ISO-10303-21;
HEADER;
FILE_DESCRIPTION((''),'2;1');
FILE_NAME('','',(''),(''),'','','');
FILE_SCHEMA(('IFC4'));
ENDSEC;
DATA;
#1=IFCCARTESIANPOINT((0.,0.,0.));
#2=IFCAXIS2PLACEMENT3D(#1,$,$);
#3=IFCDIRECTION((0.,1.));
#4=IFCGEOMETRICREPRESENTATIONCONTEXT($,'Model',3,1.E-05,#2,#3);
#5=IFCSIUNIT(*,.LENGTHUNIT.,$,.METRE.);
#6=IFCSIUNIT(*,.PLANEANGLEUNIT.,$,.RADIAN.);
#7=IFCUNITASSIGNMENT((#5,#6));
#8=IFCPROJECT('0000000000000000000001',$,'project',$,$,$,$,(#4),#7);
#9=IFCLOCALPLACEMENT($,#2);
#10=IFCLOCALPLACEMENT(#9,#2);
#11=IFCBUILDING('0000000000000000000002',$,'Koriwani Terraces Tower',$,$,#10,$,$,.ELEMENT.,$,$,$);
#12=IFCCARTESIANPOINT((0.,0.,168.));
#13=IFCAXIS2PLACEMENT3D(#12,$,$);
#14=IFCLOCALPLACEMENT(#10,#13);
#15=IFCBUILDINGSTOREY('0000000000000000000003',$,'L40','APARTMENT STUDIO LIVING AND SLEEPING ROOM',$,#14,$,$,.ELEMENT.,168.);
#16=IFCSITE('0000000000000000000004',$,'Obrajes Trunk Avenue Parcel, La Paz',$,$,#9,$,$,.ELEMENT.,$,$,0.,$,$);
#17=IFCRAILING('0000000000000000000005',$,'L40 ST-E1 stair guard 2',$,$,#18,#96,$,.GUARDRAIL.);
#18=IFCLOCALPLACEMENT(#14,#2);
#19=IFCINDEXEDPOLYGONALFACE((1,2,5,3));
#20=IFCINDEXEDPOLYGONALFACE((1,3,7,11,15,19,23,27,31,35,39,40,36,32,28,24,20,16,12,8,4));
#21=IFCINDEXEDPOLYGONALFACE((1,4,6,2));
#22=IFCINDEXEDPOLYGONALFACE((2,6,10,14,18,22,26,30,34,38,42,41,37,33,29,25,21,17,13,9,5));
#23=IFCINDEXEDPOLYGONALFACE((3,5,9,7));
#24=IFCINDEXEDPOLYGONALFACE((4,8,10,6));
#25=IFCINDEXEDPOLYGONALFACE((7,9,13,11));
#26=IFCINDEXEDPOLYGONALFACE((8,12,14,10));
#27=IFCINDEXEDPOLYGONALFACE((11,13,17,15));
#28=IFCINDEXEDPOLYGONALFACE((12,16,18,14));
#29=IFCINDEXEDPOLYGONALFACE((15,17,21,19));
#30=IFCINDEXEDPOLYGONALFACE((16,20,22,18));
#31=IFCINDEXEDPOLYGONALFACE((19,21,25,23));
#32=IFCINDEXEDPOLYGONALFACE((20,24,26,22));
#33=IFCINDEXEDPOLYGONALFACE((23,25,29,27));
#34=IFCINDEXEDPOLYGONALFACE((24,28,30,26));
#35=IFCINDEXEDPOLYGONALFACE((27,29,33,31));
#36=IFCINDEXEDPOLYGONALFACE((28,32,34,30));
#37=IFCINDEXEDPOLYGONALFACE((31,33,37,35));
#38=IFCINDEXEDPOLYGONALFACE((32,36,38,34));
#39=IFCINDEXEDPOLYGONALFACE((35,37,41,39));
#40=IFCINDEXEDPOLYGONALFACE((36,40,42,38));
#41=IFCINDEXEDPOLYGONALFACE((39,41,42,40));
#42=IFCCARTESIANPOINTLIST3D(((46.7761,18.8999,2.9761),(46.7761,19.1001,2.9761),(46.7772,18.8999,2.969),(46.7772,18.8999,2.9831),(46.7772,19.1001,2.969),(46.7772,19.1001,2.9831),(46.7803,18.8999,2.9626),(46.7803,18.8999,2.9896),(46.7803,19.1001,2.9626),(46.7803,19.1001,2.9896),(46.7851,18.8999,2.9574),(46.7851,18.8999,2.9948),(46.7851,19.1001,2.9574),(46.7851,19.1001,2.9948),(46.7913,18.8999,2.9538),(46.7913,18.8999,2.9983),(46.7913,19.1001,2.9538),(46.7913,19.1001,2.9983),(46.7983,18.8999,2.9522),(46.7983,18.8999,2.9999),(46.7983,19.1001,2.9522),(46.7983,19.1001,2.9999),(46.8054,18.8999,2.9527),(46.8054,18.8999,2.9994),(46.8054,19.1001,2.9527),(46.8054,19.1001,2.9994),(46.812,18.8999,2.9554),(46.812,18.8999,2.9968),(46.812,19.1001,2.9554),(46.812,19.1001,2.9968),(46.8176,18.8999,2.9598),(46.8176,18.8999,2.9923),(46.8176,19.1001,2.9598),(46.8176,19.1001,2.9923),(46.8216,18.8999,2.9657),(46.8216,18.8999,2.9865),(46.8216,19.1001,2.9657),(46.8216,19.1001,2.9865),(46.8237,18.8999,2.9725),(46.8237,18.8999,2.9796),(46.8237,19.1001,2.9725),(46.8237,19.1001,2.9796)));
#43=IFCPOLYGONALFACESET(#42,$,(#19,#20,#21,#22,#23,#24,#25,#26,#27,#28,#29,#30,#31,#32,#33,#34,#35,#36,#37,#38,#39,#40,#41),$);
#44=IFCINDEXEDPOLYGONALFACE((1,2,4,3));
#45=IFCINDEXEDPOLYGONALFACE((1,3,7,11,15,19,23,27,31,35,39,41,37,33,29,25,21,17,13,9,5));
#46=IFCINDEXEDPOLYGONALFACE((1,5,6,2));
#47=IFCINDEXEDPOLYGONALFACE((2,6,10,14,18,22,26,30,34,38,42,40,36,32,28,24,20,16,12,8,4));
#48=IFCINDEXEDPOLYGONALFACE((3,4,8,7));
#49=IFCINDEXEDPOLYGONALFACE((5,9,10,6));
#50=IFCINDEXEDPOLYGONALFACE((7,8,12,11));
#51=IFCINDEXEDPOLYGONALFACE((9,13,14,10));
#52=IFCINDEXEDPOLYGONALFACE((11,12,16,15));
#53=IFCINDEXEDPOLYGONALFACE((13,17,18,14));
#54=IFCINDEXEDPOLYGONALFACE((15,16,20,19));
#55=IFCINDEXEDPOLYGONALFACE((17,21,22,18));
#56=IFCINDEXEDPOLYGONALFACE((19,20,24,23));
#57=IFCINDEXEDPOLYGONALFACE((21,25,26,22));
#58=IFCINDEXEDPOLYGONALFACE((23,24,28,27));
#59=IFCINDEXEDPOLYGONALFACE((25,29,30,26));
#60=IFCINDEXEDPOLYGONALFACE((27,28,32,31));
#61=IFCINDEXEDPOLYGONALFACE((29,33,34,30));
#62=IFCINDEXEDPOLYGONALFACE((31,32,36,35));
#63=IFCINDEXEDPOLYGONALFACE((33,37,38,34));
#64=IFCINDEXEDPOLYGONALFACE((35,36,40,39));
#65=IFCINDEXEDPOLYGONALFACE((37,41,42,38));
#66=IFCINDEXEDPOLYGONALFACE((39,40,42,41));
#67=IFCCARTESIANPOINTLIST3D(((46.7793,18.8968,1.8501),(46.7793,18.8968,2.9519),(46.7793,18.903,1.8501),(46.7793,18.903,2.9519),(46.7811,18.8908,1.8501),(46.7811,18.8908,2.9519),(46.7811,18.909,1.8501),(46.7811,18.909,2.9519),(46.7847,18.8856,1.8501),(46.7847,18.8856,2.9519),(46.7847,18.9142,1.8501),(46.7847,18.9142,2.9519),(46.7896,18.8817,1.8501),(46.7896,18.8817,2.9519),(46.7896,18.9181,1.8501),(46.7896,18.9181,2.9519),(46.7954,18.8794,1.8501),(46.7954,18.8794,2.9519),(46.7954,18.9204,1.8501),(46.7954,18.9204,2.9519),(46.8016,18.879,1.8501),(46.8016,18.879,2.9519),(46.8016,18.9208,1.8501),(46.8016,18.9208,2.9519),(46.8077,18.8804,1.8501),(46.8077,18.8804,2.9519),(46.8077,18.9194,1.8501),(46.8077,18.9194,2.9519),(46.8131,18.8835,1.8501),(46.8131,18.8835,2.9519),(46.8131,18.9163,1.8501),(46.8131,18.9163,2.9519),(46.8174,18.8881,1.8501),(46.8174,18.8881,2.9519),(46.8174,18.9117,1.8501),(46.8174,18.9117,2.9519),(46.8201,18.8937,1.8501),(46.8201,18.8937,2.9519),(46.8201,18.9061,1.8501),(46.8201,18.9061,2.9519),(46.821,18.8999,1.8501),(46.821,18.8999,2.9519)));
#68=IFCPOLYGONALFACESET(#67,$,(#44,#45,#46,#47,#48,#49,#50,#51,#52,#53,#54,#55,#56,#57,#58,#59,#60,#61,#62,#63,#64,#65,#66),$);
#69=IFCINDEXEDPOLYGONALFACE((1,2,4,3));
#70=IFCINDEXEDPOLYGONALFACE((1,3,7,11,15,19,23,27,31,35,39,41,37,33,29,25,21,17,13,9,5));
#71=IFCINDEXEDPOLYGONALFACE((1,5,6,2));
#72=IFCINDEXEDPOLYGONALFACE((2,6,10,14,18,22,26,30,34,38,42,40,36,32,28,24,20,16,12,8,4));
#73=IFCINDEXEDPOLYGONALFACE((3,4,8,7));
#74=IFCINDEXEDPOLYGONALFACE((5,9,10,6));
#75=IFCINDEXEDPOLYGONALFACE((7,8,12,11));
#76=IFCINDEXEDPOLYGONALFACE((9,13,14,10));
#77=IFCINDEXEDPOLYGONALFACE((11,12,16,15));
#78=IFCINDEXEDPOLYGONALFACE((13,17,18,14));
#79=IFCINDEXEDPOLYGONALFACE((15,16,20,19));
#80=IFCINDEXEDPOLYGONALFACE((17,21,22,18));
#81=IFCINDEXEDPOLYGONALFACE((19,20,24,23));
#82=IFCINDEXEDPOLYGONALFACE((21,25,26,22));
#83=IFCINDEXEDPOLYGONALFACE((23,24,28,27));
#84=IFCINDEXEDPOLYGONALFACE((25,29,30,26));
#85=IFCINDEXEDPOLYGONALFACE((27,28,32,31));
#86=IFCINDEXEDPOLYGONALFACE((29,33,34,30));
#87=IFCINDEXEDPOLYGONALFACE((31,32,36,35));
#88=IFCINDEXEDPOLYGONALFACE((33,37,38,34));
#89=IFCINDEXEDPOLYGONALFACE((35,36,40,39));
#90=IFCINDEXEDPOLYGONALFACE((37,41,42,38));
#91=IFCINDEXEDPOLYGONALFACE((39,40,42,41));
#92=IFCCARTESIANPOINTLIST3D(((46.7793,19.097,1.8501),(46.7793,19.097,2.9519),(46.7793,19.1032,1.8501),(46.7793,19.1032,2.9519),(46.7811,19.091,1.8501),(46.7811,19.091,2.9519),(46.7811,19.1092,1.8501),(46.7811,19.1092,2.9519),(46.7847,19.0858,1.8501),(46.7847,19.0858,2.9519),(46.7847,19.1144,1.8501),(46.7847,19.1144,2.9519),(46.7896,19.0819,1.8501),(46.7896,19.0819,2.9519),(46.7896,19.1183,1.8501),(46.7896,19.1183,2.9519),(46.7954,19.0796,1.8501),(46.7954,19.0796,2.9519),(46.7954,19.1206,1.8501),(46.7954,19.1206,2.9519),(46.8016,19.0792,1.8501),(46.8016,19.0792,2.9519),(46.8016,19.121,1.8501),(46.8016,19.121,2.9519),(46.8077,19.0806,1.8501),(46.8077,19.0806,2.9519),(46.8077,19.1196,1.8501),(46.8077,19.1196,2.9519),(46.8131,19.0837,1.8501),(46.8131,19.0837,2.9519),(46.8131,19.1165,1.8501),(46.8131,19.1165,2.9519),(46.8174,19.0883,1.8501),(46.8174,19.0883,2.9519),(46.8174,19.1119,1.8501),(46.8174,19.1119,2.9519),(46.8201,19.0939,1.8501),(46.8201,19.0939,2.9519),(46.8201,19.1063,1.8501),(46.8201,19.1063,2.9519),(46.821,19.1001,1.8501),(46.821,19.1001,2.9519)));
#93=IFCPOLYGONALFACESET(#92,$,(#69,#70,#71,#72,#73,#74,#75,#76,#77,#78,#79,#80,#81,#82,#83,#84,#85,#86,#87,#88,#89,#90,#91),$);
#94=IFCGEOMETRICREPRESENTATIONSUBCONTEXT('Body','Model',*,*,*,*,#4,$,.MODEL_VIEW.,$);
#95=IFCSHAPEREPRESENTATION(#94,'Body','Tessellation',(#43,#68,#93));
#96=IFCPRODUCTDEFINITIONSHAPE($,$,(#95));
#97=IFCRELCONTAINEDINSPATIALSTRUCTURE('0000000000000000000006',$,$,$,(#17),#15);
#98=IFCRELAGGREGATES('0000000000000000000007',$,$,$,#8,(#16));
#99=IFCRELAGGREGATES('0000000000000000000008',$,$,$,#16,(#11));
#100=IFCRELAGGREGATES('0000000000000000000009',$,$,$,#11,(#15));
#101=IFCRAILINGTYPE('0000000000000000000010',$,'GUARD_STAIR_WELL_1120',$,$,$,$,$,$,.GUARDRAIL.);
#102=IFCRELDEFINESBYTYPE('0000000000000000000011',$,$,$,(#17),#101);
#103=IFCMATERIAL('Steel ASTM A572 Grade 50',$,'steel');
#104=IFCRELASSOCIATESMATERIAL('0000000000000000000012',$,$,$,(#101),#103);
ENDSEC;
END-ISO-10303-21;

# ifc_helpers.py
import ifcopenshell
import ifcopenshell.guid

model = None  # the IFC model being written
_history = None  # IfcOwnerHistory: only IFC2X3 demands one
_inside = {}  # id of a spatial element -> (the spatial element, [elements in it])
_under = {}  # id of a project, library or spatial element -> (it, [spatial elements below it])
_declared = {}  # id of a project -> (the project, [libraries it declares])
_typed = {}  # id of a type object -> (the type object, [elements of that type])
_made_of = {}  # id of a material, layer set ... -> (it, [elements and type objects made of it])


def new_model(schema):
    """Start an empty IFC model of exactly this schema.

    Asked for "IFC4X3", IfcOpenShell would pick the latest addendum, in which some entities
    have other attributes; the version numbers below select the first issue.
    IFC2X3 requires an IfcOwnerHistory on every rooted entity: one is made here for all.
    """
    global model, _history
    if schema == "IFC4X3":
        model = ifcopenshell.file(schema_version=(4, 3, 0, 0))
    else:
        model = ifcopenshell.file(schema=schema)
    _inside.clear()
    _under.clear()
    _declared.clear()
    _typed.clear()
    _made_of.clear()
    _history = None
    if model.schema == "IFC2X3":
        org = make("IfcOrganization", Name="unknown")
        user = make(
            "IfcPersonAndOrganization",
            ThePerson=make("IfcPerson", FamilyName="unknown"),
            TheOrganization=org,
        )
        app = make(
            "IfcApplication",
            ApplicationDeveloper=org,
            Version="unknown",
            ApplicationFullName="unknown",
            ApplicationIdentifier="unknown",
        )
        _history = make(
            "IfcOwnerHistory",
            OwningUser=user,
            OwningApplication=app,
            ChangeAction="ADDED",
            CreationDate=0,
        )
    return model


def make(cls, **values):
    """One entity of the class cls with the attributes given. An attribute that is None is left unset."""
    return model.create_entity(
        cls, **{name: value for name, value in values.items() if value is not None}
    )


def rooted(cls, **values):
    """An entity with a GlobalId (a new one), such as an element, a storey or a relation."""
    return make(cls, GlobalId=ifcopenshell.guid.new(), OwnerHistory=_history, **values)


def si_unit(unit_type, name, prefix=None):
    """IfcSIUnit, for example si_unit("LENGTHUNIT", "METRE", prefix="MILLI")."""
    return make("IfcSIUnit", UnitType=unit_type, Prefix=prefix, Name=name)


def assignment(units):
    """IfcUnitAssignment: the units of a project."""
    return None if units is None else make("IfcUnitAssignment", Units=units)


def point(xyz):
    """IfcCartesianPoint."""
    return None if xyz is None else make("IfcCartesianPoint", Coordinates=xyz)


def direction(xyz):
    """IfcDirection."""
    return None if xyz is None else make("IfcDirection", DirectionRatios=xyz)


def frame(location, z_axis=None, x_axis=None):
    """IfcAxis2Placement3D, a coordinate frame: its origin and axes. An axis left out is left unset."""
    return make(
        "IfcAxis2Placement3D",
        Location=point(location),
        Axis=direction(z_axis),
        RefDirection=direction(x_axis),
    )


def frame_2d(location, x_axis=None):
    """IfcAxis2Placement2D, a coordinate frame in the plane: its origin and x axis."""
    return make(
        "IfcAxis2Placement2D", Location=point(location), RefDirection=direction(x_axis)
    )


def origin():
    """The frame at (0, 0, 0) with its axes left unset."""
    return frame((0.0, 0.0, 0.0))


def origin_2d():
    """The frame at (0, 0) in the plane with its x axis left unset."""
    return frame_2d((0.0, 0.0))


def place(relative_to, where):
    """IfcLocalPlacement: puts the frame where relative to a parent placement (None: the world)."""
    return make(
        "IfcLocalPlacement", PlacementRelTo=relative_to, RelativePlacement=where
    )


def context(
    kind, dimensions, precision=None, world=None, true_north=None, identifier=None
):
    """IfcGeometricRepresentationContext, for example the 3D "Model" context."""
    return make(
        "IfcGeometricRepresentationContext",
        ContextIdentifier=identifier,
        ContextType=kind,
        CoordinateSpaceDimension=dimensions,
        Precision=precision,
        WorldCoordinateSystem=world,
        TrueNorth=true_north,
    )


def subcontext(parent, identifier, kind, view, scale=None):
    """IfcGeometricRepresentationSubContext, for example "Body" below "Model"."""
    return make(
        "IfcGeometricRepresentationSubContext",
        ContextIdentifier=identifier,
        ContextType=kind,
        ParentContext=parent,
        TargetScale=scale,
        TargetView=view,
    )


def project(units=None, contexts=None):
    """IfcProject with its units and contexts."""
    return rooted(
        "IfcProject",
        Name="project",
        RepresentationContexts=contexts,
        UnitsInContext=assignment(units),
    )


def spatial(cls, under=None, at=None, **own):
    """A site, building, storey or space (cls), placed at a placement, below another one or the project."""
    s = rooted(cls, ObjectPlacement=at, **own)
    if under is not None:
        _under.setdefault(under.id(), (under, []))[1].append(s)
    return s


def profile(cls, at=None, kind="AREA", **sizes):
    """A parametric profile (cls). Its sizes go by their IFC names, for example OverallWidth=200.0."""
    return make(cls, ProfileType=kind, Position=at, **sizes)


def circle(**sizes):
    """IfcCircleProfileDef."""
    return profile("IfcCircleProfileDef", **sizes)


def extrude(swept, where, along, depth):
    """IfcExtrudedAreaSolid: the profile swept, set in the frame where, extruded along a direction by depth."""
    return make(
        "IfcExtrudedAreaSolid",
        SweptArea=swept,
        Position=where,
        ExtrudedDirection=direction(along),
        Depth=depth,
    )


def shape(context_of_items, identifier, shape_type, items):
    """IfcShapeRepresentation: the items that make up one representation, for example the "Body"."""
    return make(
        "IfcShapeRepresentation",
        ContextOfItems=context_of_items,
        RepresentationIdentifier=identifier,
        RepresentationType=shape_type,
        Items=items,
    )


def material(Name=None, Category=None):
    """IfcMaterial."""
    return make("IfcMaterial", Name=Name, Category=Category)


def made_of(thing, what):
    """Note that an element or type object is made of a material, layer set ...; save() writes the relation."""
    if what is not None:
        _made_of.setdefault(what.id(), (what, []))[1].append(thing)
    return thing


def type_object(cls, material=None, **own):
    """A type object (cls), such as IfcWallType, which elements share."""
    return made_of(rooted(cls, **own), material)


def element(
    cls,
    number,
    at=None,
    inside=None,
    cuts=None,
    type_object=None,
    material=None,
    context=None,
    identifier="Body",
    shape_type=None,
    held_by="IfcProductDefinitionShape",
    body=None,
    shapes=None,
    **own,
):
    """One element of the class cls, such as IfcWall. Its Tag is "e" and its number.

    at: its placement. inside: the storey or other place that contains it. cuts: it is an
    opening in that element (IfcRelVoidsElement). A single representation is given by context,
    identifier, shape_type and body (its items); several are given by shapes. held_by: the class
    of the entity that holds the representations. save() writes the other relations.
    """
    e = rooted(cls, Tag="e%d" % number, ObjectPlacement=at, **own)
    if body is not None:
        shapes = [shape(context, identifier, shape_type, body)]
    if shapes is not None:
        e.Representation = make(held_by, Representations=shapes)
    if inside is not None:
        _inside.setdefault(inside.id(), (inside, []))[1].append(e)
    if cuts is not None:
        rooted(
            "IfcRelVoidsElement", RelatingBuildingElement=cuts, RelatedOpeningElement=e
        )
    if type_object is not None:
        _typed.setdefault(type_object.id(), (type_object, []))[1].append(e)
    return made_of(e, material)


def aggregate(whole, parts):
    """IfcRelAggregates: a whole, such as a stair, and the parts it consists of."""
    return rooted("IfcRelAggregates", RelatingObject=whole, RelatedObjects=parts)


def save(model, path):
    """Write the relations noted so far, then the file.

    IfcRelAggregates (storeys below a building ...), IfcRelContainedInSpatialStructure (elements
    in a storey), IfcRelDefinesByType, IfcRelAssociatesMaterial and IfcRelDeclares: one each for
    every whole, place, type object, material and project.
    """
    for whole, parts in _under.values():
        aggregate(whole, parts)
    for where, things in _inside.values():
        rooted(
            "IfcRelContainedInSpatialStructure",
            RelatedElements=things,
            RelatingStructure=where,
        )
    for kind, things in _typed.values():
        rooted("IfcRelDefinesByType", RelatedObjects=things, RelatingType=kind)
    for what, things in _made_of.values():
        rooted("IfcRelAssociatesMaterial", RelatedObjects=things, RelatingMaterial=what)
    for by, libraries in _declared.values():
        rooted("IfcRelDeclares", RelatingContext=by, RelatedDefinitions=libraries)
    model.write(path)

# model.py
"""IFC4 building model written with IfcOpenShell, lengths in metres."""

from ifc_helpers import new_model, si_unit, direction, frame, origin, origin_2d, place, context, subcontext, project, spatial, circle, extrude, material, type_object, element, save


model = new_model("IFC4")

# Units and contexts
model_context = context("Model", 3, precision=1e-05, world=origin(), true_north=direction((0.0, 1.0)))
body_context = subcontext(model_context, "Body", "Model", "MODEL_VIEW")
ifc_project = project(units=[si_unit("LENGTHUNIT", "METRE"), si_unit("PLANEANGLEUNIT", "RADIAN")], contexts=[model_context])

# Site, building, storey
site_placement = place(None, origin())
site = spatial("IfcSite", under=ifc_project, at=site_placement, Name="Obrajes Trunk Avenue Parcel, La Paz", CompositionType="ELEMENT", RefElevation=0.0)
building_placement = place(site_placement, origin())
building = spatial("IfcBuilding", under=site, at=building_placement, Name="Koriwani Terraces Tower", CompositionType="ELEMENT")
storey_placement = place(building_placement, frame((0.0, 0.0, 168.0)))
storey = spatial("IfcBuildingStorey", under=building, at=storey_placement, Name="L40", Description="APARTMENT STUDIO LIVING AND SLEEPING ROOM", CompositionType="ELEMENT", Elevation=168.0)

# Shared definitions
ifc_material_1 = material(Name="Steel ASTM A572 Grade 50", Category="steel")

# Railing
railing_type_1 = type_object("IfcRailingType", Name="GUARD_STAIR_WELL_1120", PredefinedType="GUARDRAIL", material=ifc_material_1)
railing_1_placement = place(storey_placement, frame((46.8, 18.8999, 1.8501)))
element("IfcRailing", 1, at=railing_1_placement, inside=storey, type_object=railing_type_1, Name="L40 ST-E1 stair guard 2", PredefinedType="GUARDRAIL", context=body_context, shape_type="SweptSolid", body=[
    extrude(circle(Radius=0.0239, at=origin_2d()), frame((0.0, 0.0, 1.126), z_axis=(0.0, 1.0, 0.0), x_axis=(-1.0, 0.0, 0.0)), (0.0, 0.0, 1.0), 0.2002),
    extrude(circle(Radius=0.021, at=origin_2d()), origin(), (0.0, 0.0, 1.0), 1.1018),
    extrude(circle(Radius=0.021, at=origin_2d()), frame((0.0, 0.2002, 0.0)), (0.0, 0.0, 1.0), 1.1018),
])

save(model, "model.ifc")
